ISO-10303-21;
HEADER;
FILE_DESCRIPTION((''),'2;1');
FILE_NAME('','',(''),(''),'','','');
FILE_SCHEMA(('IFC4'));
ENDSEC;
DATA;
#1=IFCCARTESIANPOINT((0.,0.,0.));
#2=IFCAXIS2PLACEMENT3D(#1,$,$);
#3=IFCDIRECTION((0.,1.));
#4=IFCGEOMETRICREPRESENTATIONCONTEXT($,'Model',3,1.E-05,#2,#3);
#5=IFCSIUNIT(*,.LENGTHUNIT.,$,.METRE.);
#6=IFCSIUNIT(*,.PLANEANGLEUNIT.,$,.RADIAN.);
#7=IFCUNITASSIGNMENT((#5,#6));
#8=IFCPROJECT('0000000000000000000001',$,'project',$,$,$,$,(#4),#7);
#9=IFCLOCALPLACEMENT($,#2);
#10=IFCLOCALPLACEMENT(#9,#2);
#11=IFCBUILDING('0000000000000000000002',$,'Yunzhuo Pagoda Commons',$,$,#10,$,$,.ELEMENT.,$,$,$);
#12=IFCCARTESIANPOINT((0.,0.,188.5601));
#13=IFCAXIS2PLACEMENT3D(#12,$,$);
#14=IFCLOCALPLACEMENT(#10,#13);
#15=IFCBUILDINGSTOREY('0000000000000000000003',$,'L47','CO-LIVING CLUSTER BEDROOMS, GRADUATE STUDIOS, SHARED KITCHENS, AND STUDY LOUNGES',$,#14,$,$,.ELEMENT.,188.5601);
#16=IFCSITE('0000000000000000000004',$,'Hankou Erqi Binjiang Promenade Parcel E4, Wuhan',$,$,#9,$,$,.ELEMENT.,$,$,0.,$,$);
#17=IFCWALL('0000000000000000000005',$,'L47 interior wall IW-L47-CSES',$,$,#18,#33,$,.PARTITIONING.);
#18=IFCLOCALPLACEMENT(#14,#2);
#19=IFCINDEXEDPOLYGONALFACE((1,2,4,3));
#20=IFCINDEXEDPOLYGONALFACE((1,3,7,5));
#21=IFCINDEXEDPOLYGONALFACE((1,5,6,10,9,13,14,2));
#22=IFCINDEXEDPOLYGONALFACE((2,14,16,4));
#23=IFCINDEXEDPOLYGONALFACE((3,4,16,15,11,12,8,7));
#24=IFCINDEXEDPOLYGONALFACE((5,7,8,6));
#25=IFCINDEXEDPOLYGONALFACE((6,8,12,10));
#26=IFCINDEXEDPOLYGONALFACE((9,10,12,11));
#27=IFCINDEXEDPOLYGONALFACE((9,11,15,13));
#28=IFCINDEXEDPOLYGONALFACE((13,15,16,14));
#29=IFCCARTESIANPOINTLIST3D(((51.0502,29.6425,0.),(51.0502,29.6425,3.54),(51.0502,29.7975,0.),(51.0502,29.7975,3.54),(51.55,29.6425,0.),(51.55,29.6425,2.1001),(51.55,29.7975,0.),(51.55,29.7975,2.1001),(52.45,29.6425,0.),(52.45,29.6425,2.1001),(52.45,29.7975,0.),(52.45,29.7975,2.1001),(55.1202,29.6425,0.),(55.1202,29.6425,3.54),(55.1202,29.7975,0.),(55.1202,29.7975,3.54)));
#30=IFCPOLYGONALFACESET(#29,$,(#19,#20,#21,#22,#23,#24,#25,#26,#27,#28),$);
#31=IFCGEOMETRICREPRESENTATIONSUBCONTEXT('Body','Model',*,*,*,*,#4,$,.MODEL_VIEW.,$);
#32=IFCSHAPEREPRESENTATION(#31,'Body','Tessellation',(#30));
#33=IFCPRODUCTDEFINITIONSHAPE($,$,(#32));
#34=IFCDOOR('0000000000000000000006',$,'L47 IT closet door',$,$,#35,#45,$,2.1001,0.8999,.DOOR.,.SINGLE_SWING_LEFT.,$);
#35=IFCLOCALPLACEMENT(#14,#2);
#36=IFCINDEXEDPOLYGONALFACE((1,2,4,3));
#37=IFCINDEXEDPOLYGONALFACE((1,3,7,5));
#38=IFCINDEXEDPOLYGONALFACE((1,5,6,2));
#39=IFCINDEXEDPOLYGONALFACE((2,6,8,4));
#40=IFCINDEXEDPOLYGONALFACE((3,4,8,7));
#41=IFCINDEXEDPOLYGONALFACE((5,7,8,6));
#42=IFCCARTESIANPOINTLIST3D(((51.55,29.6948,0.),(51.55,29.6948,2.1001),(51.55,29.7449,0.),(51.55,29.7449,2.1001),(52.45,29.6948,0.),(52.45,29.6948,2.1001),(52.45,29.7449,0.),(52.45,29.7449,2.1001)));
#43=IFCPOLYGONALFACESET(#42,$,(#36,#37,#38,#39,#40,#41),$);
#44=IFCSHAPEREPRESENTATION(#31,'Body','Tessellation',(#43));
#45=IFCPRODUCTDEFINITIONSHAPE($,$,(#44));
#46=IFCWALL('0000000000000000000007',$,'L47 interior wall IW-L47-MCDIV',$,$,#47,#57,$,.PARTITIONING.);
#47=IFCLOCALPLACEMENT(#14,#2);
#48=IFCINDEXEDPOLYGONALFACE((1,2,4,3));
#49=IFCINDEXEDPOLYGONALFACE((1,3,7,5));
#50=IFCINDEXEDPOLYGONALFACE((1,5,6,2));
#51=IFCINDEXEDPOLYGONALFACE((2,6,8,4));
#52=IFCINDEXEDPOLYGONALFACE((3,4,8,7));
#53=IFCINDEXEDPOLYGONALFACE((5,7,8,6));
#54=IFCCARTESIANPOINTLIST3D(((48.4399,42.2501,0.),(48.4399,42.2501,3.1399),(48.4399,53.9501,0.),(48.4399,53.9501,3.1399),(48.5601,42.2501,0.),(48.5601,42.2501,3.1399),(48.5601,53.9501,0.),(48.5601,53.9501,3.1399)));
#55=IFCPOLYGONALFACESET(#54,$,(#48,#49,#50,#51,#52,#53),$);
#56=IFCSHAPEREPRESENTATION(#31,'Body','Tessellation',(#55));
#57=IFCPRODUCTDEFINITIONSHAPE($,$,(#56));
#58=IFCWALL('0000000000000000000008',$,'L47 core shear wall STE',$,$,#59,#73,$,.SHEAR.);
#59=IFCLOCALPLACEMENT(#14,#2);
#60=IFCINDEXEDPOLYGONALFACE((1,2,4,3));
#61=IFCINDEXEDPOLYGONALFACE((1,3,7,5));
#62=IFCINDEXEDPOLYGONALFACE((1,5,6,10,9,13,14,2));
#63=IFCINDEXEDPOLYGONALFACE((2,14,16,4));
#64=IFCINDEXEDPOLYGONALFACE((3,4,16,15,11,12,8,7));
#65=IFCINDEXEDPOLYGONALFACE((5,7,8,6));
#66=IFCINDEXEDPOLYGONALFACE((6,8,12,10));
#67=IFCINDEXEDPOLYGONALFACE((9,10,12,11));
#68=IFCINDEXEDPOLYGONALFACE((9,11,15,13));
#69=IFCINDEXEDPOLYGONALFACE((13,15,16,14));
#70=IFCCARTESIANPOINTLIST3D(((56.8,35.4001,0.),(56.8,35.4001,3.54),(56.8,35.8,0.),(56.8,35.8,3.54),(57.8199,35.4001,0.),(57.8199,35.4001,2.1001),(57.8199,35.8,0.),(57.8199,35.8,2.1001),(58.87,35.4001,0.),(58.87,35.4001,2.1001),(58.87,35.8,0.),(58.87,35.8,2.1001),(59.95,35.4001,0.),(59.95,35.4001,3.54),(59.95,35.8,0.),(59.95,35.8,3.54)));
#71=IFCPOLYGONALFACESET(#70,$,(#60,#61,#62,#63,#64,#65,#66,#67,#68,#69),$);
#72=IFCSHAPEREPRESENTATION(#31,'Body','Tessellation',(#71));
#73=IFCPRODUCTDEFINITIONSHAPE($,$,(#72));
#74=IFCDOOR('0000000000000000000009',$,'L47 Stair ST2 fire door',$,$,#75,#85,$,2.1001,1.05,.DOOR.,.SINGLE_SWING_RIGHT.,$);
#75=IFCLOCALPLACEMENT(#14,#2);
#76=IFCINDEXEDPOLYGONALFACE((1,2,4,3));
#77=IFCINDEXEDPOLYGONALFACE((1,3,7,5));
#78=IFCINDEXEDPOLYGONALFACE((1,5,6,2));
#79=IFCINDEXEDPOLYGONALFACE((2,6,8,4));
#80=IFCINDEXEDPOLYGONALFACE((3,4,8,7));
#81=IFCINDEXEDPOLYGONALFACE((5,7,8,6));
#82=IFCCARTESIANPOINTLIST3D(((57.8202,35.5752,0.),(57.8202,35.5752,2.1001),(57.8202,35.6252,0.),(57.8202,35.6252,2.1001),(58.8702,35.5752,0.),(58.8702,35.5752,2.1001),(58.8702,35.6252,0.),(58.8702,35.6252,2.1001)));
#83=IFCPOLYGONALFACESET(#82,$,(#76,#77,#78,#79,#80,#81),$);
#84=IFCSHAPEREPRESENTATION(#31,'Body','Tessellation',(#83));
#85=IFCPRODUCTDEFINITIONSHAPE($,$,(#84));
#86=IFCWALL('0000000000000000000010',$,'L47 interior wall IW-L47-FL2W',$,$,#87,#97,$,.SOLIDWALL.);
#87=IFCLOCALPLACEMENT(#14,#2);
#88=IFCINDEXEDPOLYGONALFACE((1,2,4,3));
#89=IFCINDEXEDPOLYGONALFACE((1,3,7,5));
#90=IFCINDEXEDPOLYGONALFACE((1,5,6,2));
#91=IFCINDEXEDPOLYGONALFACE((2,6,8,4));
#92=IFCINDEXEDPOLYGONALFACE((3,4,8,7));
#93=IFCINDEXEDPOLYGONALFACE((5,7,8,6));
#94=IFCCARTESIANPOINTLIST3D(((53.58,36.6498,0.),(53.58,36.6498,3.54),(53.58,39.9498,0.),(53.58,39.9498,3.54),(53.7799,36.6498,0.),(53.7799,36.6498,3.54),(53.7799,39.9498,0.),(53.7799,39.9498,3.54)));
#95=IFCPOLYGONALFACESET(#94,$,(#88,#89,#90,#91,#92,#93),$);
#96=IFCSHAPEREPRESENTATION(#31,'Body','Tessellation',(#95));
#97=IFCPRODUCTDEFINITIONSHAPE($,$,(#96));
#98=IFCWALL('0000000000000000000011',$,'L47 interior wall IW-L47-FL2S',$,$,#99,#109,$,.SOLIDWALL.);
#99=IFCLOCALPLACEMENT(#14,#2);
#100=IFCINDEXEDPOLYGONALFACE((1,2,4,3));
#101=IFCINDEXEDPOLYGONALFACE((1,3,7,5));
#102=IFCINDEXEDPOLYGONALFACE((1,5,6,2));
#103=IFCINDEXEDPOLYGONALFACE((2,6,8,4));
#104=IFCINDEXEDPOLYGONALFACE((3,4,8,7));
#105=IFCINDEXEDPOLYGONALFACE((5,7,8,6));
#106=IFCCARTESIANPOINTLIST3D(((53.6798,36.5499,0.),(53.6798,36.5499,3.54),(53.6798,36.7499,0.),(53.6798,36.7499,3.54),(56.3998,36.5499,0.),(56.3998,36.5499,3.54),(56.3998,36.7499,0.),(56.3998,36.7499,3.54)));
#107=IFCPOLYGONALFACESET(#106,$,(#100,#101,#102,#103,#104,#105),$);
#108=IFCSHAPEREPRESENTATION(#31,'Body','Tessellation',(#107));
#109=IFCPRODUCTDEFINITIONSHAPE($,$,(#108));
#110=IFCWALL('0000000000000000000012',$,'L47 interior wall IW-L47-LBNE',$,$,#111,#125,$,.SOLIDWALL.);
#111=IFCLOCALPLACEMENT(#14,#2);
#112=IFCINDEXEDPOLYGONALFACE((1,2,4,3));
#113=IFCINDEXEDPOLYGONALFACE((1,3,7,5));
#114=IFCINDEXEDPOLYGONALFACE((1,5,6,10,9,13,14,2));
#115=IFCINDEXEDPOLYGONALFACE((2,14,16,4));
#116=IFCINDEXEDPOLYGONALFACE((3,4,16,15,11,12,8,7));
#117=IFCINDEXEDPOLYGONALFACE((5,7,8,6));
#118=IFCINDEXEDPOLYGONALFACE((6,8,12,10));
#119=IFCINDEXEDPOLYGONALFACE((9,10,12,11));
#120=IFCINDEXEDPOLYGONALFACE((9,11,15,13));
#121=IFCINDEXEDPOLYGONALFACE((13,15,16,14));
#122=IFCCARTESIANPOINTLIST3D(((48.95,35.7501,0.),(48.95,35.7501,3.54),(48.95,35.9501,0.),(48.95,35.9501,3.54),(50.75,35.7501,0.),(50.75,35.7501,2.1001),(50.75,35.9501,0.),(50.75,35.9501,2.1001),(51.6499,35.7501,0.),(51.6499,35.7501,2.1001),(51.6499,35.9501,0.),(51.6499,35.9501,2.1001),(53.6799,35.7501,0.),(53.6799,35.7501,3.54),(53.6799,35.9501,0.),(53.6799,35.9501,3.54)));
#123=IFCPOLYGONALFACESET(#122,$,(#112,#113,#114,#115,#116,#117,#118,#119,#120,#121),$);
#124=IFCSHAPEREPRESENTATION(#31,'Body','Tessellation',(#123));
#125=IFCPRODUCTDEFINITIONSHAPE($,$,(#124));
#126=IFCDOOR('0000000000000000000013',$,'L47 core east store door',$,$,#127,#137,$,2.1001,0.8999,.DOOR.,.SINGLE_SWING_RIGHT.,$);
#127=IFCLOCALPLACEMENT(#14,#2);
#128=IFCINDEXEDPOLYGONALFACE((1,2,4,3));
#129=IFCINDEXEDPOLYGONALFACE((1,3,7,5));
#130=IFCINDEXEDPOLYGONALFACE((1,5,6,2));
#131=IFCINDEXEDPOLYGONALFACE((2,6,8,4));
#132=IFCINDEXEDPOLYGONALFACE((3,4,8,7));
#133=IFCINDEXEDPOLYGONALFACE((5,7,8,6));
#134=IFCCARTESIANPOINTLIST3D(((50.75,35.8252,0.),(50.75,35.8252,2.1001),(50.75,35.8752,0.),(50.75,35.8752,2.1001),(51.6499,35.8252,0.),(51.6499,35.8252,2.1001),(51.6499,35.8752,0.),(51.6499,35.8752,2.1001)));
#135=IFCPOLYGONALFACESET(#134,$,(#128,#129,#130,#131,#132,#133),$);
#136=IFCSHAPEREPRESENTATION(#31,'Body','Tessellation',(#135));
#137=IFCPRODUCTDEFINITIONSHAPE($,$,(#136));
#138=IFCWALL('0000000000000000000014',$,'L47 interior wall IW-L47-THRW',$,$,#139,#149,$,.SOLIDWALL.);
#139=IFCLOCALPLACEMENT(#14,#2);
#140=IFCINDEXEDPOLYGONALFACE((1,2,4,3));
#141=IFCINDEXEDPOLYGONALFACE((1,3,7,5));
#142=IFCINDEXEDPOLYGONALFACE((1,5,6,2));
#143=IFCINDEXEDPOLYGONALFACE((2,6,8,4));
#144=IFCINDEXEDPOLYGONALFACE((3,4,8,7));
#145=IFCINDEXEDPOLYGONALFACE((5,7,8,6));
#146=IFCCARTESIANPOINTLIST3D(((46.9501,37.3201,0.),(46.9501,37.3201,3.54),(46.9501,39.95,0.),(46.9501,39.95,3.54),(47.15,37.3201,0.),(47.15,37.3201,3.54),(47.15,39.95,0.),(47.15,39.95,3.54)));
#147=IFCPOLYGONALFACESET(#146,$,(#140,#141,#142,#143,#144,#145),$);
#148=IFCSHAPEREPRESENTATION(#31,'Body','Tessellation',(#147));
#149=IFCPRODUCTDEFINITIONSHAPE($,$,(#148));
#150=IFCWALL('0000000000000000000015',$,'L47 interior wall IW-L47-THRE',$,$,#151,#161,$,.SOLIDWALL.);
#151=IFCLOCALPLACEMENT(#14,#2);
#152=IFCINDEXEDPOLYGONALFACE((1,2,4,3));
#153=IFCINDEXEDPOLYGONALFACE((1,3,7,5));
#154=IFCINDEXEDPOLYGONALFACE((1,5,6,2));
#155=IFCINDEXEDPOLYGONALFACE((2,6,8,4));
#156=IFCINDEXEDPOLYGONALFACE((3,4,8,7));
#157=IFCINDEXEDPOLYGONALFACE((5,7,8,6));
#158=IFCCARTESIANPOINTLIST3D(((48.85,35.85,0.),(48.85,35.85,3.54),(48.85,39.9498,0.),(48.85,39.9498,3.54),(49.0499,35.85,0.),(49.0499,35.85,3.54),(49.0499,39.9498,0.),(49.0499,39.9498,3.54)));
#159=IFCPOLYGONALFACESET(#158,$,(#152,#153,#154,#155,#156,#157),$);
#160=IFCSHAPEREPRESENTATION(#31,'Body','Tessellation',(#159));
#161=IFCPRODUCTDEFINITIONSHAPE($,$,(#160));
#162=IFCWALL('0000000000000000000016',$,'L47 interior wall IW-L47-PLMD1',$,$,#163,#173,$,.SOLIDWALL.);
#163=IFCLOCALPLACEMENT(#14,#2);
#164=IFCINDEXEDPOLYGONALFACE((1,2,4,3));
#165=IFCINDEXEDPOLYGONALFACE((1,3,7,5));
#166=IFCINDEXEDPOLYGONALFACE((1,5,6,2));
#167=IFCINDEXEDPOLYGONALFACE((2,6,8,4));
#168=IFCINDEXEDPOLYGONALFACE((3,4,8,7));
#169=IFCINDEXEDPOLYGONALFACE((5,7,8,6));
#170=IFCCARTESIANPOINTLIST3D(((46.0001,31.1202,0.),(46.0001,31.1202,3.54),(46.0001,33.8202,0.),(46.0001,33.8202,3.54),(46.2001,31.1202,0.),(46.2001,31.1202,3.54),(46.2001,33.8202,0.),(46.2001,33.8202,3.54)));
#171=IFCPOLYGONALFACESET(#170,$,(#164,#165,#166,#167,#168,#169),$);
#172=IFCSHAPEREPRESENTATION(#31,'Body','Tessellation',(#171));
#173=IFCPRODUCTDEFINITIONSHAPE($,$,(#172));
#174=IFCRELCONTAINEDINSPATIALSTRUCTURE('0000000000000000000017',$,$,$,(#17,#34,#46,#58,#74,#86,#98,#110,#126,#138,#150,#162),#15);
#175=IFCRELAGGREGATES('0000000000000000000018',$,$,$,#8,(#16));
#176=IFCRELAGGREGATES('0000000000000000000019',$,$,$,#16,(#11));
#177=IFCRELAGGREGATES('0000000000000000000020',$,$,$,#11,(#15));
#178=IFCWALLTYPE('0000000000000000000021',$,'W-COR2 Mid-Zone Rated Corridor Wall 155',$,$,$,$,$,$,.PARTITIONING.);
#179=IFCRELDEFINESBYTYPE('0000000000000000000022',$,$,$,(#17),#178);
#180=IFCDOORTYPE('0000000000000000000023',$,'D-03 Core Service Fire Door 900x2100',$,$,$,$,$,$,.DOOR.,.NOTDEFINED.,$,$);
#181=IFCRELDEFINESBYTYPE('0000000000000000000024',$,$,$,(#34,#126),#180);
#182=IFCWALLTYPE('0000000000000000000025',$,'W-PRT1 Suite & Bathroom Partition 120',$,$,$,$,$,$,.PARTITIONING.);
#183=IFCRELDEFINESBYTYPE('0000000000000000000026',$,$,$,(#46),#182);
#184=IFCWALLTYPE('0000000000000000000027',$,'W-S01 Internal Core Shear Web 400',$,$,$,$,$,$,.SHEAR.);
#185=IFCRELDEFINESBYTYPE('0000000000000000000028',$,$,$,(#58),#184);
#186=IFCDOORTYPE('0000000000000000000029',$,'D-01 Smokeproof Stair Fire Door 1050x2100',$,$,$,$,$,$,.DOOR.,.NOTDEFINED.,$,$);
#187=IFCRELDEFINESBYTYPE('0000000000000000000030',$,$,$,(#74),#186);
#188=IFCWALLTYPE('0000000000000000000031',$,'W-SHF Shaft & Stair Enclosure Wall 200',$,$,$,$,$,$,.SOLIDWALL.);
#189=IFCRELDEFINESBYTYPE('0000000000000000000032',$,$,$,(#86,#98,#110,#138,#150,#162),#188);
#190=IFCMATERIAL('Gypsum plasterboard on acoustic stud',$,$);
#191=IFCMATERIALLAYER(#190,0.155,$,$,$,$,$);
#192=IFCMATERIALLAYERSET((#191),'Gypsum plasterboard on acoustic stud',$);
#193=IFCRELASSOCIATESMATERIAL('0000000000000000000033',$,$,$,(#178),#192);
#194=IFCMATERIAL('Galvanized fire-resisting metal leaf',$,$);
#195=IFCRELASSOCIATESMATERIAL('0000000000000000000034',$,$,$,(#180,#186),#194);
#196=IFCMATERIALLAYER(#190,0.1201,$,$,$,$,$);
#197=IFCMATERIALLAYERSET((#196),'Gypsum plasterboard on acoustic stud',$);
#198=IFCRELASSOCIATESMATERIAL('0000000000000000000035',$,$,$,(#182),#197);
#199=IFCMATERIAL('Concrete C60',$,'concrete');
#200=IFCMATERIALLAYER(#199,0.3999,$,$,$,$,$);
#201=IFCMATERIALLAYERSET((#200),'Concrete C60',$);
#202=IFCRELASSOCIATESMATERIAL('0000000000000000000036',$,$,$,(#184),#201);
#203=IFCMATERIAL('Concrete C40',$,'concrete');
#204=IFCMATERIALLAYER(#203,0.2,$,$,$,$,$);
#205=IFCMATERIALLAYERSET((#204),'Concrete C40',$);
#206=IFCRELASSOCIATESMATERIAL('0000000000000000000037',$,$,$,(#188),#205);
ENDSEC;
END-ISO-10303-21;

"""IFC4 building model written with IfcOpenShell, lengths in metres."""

from ifc_helpers import new_model, si_unit, direction, frame, frame_2d, origin, origin_with_axes, place, context, subcontext, project, spatial, rectangle, extrude, source, transform, mapped, material, layer, layer_set, type_object, element, fill, save


model = new_model("IFC4")

# Units and contexts
model_context = context("Model", 3, precision=1e-05, world=origin(), true_north=direction((0.0, 1.0)))
body_context = subcontext(model_context, "Body", "Model", "MODEL_VIEW")
ifc_project = project(units=[si_unit("LENGTHUNIT", "METRE"), si_unit("PLANEANGLEUNIT", "RADIAN")], contexts=[model_context])

# Site, building, storey
site_placement = place(None, origin())
site = spatial("IfcSite", under=ifc_project, at=site_placement, Name="Hankou Erqi Binjiang Promenade Parcel E4, Wuhan", CompositionType="ELEMENT", RefElevation=0.0)
building_placement = place(site_placement, origin())
building = spatial("IfcBuilding", under=site, at=building_placement, Name="Yunzhuo Pagoda Commons", CompositionType="ELEMENT")
storey_placement = place(building_placement, frame((0.0, 0.0, 188.5601)))
storey = spatial("IfcBuildingStorey", under=building, at=storey_placement, Name="L47", Description="CO-LIVING CLUSTER BEDROOMS, GRADUATE STUDIOS, SHARED KITCHENS, AND STUDY LOUNGES", CompositionType="ELEMENT", Elevation=188.5601)

# Wall, opening, door
ifc_material_1 = material(Name="Galvanized fire-resisting metal leaf")
shared_shape_1 = source(origin(), body_context, "Body", "SweptSolid", [
    extrude(rectangle(XDim=1.05, YDim=2.1001, at=frame_2d((0.5249, 1.05))), frame((0.0, 0.0249, 0.0), z_axis=(0.0, -1.0, 0.0), x_axis=(1.0, 0.0, 0.0)), (0.0, 0.0, 1.0), 0.05),
])
ifc_material_2 = material(Name="Gypsum plasterboard on acoustic stud")
ifc_layer_1 = layer(ifc_material_2, 0.155)
ifc_layer_set_1 = layer_set([ifc_layer_1], Name="Gypsum plasterboard on acoustic stud")
wall_type_1 = type_object("IfcWallType", Name="W-COR2 Mid-Zone Rated Corridor Wall 155", PredefinedType="PARTITIONING", material=ifc_layer_set_1)
wall_1_placement = place(storey_placement, frame((51.05, 29.72, 0.0), z_axis=(0.0, 0.0, 1.0), x_axis=(1.0, 0.0, 0.0)))
wall_1 = element("IfcWall", 1, at=wall_1_placement, inside=storey, type_object=wall_type_1, Name="L47 interior wall IW-L47-CSES", PredefinedType="PARTITIONING", context=body_context, shape_type="SweptSolid", body=[
    extrude(rectangle(XDim=4.0701, YDim=0.155, at=frame_2d((2.0352, 0.0))), origin(), (0.0, 0.0, 1.0), 3.54),
])
opening_1_placement = place(wall_1_placement, frame((0.5, 0.0, 0.0)))
opening_1 = element("IfcOpeningElement", 2, at=opening_1_placement, cuts=wall_1, PredefinedType="OPENING", context=body_context, shape_type="SweptSolid", body=[
    extrude(rectangle(XDim=0.8999, YDim=2.1001, at=frame_2d((0.45, 1.05))), frame((0.0, 0.0874, 0.0), z_axis=(0.0, -1.0, 0.0), x_axis=(1.0, 0.0, 0.0)), (0.0, 0.0, 1.0), 0.175),
])
door_type_1 = type_object("IfcDoorType", Name="D-03 Core Service Fire Door 900x2100", OperationType="NOTDEFINED", PredefinedType="DOOR", material=ifc_material_1)
shared_shape_2 = source(origin(), body_context, "Body", "SweptSolid", [
    extrude(rectangle(XDim=0.8999, YDim=2.1001, at=frame_2d((0.45, 1.05))), frame((0.0, 0.0249, 0.0), z_axis=(0.0, -1.0, 0.0), x_axis=(1.0, 0.0, 0.0)), (0.0, 0.0, 1.0), 0.05),
])
door_1_placement = place(opening_1_placement, origin_with_axes())
door_1 = element("IfcDoor", 3, at=door_1_placement, inside=storey, type_object=door_type_1, Name="L47 IT closet door", OperationType="SINGLE_SWING_LEFT", OverallHeight=2.1001, OverallWidth=0.8999, PredefinedType="DOOR", context=body_context, shape_type="MappedRepresentation", body=[
    mapped(shared_shape_2, transform((0.0, 0.0, 0.0), scale=1.0)),
])
fill(opening_1, door_1)

# Wall
ifc_layer_2 = layer(ifc_material_2, 0.1201)
ifc_layer_set_2 = layer_set([ifc_layer_2], Name="Gypsum plasterboard on acoustic stud")
wall_type_2 = type_object("IfcWallType", Name="W-PRT1 Suite & Bathroom Partition 120", PredefinedType="PARTITIONING", material=ifc_layer_set_2)
wall_2_placement = place(storey_placement, frame((48.5, 42.25, 0.0), z_axis=(0.0, 0.0, 1.0), x_axis=(0.0, 1.0, 0.0)))
element("IfcWall", 4, at=wall_2_placement, inside=storey, type_object=wall_type_2, Name="L47 interior wall IW-L47-MCDIV", PredefinedType="PARTITIONING", context=body_context, shape_type="SweptSolid", body=[
    extrude(rectangle(XDim=11.7, YDim=0.1201, at=frame_2d((5.8501, 0.0))), origin(), (0.0, 0.0, 1.0), 3.1399),
])

# Wall, opening, door
ifc_material_3 = material(Name="Concrete C60", Category="concrete")
ifc_layer_3 = layer(ifc_material_3, 0.3999)
ifc_layer_set_3 = layer_set([ifc_layer_3], Name="Concrete C60")
wall_type_3 = type_object("IfcWallType", Name="W-S01 Internal Core Shear Web 400", PredefinedType="SHEAR", material=ifc_layer_set_3)
wall_3_placement = place(storey_placement, frame((56.8, 35.6001, 0.0), z_axis=(0.0, 0.0, 1.0), x_axis=(1.0, 0.0, 0.0)))
wall_3 = element("IfcWall", 5, at=wall_3_placement, inside=storey, type_object=wall_type_3, Name="L47 core shear wall STE", PredefinedType="SHEAR", context=body_context, shape_type="SweptSolid", body=[
    extrude(rectangle(XDim=3.1499, YDim=0.3999, at=frame_2d((1.575, 0.0))), origin(), (0.0, 0.0, 1.0), 3.54),
])
opening_2_placement = place(wall_3_placement, frame((1.02, 0.0, 0.0)))
opening_2 = element("IfcOpeningElement", 6, at=opening_2_placement, cuts=wall_3, PredefinedType="OPENING", context=body_context, shape_type="SweptSolid", body=[
    extrude(rectangle(XDim=1.05, YDim=2.1001, at=frame_2d((0.5249, 1.05))), frame((0.0, 0.21, 0.0), z_axis=(0.0, -1.0, 0.0), x_axis=(1.0, 0.0, 0.0)), (0.0, 0.0, 1.0), 0.4199),
])
door_type_2 = type_object("IfcDoorType", Name="D-01 Smokeproof Stair Fire Door 1050x2100", OperationType="NOTDEFINED", PredefinedType="DOOR", material=ifc_material_1)
door_2_placement = place(opening_2_placement, frame((1.05, 0.0, 0.0), z_axis=(0.0, 0.0, 1.0), x_axis=(-1.0, 0.0, 0.0)))
door_2 = element("IfcDoor", 7, at=door_2_placement, inside=storey, type_object=door_type_2, Name="L47 Stair ST2 fire door", OperationType="SINGLE_SWING_RIGHT", OverallHeight=2.1001, OverallWidth=1.05, PredefinedType="DOOR", context=body_context, shape_type="MappedRepresentation", body=[
    mapped(shared_shape_1, transform((0.0, 0.0, 0.0), scale=1.0)),
])
fill(opening_2, door_2)

# Walls
ifc_material_4 = material(Name="Concrete C40", Category="concrete")
ifc_layer_4 = layer(ifc_material_4, 0.2)
ifc_layer_set_4 = layer_set([ifc_layer_4], Name="Concrete C40")
wall_type_4 = type_object("IfcWallType", Name="W-SHF Shaft & Stair Enclosure Wall 200", PredefinedType="SOLIDWALL", material=ifc_layer_set_4)
wall_4_placement = place(storey_placement, frame((53.6799, 36.6499, 0.0), z_axis=(0.0, 0.0, 1.0), x_axis=(0.0, 1.0, 0.0)))
element("IfcWall", 8, at=wall_4_placement, inside=storey, type_object=wall_type_4, Name="L47 interior wall IW-L47-FL2W", PredefinedType="SOLIDWALL", context=body_context, shape_type="SweptSolid", body=[
    extrude(rectangle(XDim=3.3, YDim=0.2, at=frame_2d((1.6499, 0.0))), origin(), (0.0, 0.0, 1.0), 3.54),
])
wall_5_placement = place(storey_placement, frame((53.6799, 36.6499, 0.0), z_axis=(0.0, 0.0, 1.0), x_axis=(1.0, 0.0, 0.0)))
element("IfcWall", 9, at=wall_5_placement, inside=storey, type_object=wall_type_4, Name="L47 interior wall IW-L47-FL2S", PredefinedType="SOLIDWALL", context=body_context, shape_type="SweptSolid", body=[
    extrude(rectangle(XDim=2.72, YDim=0.2, at=frame_2d((1.3599, 0.0))), origin(), (0.0, 0.0, 1.0), 3.54),
])

# Wall, opening, door
wall_6_placement = place(storey_placement, frame((48.95, 35.8501, 0.0), z_axis=(0.0, 0.0, 1.0), x_axis=(1.0, 0.0, 0.0)))
wall_6 = element("IfcWall", 10, at=wall_6_placement, inside=storey, type_object=wall_type_4, Name="L47 interior wall IW-L47-LBNE", PredefinedType="SOLIDWALL", context=body_context, shape_type="SweptSolid", body=[
    extrude(rectangle(XDim=4.73, YDim=0.2, at=frame_2d((2.365, 0.0))), origin(), (0.0, 0.0, 1.0), 3.54),
])
opening_3_placement = place(wall_6_placement, frame((1.8, 0.0, 0.0)))
opening_3 = element("IfcOpeningElement", 11, at=opening_3_placement, cuts=wall_6, PredefinedType="OPENING", context=body_context, shape_type="SweptSolid", body=[
    extrude(rectangle(XDim=0.8999, YDim=2.1001, at=frame_2d((0.45, 1.05))), frame((0.0, 0.1099, 0.0), z_axis=(0.0, -1.0, 0.0), x_axis=(1.0, 0.0, 0.0)), (0.0, 0.0, 1.0), 0.22),
])
door_3_placement = place(opening_3_placement, frame((0.8999, 0.0, 0.0), z_axis=(0.0, 0.0, 1.0), x_axis=(-1.0, 0.0, 0.0)))
door_3 = element("IfcDoor", 12, at=door_3_placement, inside=storey, type_object=door_type_1, Name="L47 core east store door", OperationType="SINGLE_SWING_RIGHT", OverallHeight=2.1001, OverallWidth=0.8999, PredefinedType="DOOR", context=body_context, shape_type="MappedRepresentation", body=[
    mapped(shared_shape_2, transform((0.0, 0.0, 0.0), scale=1.0)),
])
fill(opening_3, door_3)

# Walls
wall_7_placement = place(storey_placement, frame((47.05, 37.3201, 0.0), z_axis=(0.0, 0.0, 1.0), x_axis=(0.0, 1.0, 0.0)))
element("IfcWall", 13, at=wall_7_placement, inside=storey, type_object=wall_type_4, Name="L47 interior wall IW-L47-THRW", PredefinedType="SOLIDWALL", context=body_context, shape_type="SweptSolid", body=[
    extrude(rectangle(XDim=2.6299, YDim=0.2, at=frame_2d((1.3149, 0.0))), origin(), (0.0, 0.0, 1.0), 3.54),
])
wall_8_placement = place(storey_placement, frame((48.95, 35.8501, 0.0), z_axis=(0.0, 0.0, 1.0), x_axis=(0.0, 1.0, 0.0)))
element("IfcWall", 14, at=wall_8_placement, inside=storey, type_object=wall_type_4, Name="L47 interior wall IW-L47-THRE", PredefinedType="SOLIDWALL", context=body_context, shape_type="SweptSolid", body=[
    extrude(rectangle(XDim=4.0999, YDim=0.2, at=frame_2d((2.0498, 0.0))), origin(), (0.0, 0.0, 1.0), 3.54),
])
for number, where, z_axis, x_axis, name in (
    (15, (46.1001, 31.1201, 0.0), (0.0, 0.0, 1.0), (0.0, 1.0, 0.0), "L47 interior wall IW-L47-PLMD1"),
):
    element("IfcWall", number, at=place(storey_placement, frame(where, z_axis=z_axis, x_axis=x_axis)), inside=storey, type_object=wall_type_4, Name=name, PredefinedType="SOLIDWALL", context=body_context, shape_type="SweptSolid", body=[
        extrude(rectangle(XDim=2.7, YDim=0.2, at=frame_2d((1.3501, 0.0))), origin(), (0.0, 0.0, 1.0), 3.54),
    ])

save(model, "model.ifc")
